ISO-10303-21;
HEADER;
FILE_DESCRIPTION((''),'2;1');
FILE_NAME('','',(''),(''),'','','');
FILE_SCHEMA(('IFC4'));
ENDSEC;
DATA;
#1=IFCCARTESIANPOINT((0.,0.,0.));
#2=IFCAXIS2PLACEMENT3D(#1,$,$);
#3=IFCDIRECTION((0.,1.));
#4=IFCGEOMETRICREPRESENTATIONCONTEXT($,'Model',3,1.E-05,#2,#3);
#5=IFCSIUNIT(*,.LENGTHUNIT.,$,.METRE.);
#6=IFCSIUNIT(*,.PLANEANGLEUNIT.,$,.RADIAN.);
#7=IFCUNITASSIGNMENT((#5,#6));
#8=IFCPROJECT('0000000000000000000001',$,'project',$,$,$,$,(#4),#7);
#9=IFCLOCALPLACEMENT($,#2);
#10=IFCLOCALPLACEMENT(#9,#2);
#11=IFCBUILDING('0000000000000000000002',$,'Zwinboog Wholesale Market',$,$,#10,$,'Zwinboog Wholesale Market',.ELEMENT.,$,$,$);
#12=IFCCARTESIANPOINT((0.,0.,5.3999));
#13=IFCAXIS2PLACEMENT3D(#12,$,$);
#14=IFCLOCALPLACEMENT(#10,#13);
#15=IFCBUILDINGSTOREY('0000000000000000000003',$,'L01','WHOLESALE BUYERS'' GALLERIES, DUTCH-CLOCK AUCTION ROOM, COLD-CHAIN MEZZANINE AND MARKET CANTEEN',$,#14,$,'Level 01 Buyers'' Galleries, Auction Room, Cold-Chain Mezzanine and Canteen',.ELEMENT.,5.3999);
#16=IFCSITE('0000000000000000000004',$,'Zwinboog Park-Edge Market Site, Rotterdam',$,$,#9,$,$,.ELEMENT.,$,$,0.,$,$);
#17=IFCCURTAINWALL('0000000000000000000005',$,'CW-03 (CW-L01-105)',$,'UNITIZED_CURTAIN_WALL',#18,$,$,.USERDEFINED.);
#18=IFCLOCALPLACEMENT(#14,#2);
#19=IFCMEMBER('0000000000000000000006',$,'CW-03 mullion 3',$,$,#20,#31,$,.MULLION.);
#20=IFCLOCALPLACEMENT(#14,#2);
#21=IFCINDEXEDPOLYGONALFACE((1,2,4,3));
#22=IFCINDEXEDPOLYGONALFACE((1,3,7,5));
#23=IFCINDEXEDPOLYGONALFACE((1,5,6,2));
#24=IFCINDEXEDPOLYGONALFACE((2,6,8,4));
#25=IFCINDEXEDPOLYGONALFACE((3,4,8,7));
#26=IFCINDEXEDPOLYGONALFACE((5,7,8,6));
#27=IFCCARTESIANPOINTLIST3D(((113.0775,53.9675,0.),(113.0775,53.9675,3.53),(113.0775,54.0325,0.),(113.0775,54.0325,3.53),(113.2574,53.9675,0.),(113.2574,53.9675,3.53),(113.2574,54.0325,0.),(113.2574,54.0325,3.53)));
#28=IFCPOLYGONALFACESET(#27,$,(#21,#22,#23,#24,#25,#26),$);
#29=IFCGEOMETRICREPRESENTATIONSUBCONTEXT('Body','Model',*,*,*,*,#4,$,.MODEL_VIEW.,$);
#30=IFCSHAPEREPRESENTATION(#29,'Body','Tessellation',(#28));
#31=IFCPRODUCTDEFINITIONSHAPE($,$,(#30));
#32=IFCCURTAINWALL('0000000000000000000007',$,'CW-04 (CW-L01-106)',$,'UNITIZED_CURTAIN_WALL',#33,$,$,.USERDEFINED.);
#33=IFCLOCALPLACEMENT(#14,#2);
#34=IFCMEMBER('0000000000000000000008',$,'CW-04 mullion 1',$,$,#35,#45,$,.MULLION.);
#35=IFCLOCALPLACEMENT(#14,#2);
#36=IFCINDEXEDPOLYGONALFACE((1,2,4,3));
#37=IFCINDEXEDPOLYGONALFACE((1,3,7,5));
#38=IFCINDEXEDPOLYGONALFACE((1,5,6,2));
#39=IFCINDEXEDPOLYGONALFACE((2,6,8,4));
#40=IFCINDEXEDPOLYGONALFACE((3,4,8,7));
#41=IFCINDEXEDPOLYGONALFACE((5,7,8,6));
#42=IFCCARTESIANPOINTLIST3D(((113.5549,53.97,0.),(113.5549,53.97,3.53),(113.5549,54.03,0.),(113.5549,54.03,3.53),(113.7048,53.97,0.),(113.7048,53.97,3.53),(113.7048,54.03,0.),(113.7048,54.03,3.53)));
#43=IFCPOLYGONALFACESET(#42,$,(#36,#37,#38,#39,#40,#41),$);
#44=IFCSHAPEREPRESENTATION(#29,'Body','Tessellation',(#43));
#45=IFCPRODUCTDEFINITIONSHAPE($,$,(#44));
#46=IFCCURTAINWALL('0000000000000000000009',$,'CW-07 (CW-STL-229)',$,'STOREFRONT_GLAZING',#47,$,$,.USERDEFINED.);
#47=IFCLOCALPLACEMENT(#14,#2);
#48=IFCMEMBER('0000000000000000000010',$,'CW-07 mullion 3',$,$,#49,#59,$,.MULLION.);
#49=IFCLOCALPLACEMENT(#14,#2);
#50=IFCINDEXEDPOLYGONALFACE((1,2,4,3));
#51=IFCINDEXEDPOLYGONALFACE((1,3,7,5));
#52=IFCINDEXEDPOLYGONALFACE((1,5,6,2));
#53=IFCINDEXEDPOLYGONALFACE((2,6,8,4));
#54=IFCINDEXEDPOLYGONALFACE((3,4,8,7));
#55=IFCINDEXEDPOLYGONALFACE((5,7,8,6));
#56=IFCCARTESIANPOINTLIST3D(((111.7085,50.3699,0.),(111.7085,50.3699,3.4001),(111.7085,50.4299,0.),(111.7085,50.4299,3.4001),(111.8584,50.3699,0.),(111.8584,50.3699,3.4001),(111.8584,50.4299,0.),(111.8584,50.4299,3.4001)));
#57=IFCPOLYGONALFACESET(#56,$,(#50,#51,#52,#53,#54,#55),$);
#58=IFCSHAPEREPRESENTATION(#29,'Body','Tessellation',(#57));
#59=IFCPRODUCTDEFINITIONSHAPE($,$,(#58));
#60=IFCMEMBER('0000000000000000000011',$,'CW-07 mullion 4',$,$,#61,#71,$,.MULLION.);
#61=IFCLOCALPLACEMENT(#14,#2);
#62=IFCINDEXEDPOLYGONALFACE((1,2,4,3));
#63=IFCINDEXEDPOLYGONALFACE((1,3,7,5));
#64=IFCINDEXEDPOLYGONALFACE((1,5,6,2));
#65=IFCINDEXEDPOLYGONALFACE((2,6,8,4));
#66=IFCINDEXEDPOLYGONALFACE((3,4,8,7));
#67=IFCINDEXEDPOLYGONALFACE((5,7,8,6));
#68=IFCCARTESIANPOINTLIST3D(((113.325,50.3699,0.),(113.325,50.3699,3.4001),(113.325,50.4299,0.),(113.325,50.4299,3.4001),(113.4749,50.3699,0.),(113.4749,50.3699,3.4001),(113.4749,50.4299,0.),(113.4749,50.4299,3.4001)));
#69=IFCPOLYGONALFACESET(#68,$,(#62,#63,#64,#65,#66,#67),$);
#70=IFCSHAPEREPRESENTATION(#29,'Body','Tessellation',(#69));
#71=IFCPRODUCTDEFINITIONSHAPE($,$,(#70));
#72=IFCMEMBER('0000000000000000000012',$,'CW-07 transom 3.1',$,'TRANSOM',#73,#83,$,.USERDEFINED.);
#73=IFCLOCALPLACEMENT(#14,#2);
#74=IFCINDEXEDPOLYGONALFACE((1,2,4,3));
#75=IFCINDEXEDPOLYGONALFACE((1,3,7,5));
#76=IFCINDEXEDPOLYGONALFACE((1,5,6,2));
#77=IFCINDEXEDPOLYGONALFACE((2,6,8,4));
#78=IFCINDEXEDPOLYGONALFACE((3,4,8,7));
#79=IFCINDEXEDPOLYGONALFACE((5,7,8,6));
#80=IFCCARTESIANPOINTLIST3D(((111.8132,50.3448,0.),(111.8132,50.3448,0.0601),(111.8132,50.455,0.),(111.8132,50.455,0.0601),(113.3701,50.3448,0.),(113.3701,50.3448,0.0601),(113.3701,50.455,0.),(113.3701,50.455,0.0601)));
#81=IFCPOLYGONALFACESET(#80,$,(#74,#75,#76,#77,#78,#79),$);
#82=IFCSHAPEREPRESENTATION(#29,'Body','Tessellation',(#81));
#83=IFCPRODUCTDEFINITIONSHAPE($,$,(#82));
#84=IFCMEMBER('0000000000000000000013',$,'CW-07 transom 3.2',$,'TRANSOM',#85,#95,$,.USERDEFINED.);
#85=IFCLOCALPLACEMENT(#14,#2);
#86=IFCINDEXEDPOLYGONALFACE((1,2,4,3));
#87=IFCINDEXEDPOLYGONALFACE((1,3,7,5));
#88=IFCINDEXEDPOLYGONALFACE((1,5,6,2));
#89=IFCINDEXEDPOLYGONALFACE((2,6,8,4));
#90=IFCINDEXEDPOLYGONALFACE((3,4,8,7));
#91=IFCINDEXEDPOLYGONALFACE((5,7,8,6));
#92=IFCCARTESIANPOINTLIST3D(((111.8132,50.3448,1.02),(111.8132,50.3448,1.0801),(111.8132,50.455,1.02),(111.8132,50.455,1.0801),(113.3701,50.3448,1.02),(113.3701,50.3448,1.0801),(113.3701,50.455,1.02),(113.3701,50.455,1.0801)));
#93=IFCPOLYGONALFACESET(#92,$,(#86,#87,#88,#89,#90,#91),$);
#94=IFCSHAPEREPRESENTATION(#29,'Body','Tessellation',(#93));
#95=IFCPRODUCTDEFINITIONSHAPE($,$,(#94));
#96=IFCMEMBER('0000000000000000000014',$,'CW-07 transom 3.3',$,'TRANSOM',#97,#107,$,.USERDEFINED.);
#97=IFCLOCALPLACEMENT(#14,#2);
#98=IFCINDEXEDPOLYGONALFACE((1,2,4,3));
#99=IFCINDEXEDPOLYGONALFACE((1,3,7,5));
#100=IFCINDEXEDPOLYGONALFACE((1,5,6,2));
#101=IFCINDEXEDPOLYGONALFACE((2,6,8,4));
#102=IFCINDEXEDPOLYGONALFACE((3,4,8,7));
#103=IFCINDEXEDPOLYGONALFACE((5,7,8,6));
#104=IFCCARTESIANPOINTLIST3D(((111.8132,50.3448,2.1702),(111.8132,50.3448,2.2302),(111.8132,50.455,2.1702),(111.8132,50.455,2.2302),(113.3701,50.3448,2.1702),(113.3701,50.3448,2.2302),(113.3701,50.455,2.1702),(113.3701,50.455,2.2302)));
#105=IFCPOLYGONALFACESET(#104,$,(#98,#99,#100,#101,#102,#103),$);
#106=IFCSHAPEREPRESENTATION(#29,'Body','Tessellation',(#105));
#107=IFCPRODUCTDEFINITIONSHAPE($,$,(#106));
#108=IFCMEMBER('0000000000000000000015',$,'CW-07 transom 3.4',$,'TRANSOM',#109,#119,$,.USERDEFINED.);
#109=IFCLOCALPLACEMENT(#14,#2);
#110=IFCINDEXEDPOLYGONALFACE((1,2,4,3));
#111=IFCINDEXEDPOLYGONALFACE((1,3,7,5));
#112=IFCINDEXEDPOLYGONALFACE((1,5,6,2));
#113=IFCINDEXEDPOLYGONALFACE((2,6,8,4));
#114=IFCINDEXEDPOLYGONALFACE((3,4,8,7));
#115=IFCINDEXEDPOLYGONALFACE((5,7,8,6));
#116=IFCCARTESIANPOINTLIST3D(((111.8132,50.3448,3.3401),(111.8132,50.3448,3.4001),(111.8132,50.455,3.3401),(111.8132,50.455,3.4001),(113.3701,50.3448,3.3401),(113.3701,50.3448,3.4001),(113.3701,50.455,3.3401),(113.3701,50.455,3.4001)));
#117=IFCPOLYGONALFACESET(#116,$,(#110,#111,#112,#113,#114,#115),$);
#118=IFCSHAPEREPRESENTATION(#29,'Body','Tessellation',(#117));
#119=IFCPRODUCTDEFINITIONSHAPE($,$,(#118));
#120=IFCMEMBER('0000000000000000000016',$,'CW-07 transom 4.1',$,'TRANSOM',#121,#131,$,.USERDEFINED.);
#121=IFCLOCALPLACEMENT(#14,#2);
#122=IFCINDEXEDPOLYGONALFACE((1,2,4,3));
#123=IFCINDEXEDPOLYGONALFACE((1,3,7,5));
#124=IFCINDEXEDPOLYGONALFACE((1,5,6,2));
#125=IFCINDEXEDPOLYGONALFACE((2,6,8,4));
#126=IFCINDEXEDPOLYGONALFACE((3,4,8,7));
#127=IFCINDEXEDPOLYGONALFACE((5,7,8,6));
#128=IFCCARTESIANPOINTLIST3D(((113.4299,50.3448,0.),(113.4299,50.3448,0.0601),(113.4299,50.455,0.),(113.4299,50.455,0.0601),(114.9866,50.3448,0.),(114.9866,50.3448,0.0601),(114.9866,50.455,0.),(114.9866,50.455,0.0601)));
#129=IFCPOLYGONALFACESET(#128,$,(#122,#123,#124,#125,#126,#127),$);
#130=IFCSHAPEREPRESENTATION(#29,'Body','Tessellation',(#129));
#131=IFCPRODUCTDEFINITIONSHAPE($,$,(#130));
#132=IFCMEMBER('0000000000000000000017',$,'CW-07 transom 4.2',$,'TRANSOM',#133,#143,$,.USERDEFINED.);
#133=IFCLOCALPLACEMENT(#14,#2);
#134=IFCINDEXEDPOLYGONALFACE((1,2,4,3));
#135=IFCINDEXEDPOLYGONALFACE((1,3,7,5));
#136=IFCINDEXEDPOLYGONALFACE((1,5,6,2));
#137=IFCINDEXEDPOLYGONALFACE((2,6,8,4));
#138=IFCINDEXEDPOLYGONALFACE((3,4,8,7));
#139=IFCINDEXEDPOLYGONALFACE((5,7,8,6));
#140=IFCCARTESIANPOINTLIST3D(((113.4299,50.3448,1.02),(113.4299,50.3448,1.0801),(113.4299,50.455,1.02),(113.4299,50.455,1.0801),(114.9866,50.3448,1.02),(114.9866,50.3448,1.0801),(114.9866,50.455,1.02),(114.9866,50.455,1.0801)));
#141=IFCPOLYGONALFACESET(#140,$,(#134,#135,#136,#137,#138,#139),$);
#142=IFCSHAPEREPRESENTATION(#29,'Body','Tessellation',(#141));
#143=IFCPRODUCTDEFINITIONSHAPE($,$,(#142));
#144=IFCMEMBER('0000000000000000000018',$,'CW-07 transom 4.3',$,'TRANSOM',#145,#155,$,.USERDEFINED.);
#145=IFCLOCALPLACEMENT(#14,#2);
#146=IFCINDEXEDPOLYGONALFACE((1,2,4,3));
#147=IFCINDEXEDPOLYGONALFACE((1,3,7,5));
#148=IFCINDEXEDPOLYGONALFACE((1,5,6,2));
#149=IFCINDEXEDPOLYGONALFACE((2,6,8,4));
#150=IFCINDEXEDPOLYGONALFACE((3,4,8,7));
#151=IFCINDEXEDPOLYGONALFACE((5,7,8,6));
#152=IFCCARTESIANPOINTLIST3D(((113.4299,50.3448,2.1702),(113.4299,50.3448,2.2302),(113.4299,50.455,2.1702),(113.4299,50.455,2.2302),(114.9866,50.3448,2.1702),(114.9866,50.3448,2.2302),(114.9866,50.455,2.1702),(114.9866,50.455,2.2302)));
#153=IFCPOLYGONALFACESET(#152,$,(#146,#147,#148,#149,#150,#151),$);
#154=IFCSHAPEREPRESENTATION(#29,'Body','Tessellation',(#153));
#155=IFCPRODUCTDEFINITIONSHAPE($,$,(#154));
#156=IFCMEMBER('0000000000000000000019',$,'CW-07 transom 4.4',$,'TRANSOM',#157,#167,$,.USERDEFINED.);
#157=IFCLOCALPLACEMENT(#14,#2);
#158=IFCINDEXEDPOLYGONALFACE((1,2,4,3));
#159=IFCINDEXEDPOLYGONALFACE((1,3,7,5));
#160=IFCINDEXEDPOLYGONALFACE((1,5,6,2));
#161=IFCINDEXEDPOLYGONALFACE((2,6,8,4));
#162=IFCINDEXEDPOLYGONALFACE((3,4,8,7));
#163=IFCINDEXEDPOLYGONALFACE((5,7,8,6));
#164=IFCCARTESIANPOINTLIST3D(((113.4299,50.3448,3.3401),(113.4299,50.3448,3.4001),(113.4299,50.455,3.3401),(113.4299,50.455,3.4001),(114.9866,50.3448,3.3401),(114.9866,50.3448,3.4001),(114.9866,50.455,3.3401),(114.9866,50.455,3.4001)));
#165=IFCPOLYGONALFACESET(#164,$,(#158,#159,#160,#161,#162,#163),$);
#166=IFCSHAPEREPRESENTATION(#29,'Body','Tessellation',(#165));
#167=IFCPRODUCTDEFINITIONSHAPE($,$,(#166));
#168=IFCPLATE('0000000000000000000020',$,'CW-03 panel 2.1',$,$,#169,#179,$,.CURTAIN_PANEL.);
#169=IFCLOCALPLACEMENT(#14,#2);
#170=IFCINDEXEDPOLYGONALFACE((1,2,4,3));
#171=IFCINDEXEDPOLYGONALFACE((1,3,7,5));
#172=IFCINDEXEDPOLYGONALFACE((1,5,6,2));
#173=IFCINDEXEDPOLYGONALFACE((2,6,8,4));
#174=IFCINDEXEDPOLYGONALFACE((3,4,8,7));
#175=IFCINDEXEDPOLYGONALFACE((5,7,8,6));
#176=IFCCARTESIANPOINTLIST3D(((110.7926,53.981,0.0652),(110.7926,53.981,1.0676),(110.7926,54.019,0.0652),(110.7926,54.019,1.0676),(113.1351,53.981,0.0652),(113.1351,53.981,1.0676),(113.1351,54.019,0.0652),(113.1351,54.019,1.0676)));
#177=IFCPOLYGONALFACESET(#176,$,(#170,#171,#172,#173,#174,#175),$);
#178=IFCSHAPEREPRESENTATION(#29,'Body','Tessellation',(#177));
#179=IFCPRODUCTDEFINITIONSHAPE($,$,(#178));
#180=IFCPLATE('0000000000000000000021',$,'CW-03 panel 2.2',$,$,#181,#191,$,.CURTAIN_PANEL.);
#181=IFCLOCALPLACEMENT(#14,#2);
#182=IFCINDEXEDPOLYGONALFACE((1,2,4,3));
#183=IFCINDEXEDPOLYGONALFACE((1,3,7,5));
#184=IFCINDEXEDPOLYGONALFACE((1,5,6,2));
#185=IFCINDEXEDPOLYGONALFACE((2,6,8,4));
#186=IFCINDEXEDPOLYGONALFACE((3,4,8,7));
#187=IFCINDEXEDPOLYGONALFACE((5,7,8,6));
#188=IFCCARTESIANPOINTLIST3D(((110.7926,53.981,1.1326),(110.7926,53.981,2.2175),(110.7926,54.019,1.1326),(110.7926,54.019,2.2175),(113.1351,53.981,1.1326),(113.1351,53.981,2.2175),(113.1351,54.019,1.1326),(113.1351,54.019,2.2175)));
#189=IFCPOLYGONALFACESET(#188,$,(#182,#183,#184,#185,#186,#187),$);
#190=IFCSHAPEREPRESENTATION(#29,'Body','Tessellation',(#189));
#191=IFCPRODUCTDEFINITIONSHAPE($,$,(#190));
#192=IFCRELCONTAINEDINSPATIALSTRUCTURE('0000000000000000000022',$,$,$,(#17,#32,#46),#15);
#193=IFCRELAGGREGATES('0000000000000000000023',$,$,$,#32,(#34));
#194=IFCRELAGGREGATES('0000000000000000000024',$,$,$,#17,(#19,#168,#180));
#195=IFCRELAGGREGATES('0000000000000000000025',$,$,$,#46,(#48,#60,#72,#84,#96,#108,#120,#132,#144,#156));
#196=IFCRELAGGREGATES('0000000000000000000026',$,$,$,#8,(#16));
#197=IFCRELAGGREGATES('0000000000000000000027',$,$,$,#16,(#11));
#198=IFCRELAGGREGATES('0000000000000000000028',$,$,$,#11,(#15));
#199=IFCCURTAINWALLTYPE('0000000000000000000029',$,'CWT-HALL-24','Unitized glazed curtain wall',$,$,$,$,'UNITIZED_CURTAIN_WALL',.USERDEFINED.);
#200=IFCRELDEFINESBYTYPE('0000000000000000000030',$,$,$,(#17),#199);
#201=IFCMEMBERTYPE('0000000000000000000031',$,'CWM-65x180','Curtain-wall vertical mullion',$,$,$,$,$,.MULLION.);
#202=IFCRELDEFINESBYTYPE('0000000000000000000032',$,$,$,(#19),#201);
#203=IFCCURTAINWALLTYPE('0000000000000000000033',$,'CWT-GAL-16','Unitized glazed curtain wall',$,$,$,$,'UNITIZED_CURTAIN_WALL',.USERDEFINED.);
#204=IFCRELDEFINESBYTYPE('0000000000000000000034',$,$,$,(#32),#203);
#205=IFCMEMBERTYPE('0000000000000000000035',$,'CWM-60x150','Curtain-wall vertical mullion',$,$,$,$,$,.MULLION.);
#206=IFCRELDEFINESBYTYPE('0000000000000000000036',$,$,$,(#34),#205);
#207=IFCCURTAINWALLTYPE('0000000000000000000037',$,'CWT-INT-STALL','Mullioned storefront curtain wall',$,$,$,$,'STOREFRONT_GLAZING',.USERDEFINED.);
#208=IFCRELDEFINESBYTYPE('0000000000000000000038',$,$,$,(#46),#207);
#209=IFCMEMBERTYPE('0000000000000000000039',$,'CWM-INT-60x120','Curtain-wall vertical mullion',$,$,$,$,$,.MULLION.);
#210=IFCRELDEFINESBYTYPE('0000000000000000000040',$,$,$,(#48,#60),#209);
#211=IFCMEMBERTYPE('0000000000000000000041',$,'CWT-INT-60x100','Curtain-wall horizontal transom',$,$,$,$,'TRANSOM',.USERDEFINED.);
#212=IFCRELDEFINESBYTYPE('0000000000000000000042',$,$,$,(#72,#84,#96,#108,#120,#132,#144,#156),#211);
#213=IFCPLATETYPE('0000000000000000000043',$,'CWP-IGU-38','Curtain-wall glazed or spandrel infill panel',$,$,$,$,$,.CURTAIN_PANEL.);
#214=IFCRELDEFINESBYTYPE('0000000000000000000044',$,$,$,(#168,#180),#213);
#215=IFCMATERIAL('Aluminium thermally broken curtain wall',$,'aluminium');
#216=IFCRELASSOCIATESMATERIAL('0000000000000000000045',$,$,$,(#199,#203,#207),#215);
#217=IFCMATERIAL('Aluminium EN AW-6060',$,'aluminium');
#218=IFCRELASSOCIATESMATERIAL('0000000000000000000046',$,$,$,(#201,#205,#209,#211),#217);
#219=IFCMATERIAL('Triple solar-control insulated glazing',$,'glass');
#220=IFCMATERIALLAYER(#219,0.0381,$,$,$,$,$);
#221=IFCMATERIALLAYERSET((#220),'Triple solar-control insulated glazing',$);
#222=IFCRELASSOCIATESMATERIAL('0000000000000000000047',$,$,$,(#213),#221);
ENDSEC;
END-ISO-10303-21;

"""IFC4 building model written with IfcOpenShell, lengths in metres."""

from ifc_helpers import new_model, si_unit, direction, frame, origin, origin_2d, place, context, subcontext, project, spatial, rectangle, extrude, material, layer, layer_set, material_profile, profile_set, type_object, element, aggregate, save


model = new_model("IFC4")

# Units and contexts
model_context = context("Model", 3, precision=1e-05, world=origin(), true_north=direction((0.0, 1.0)))
body_context = subcontext(model_context, "Body", "Model", "MODEL_VIEW")
ifc_project = project(units=[si_unit("LENGTHUNIT", "METRE"), si_unit("PLANEANGLEUNIT", "RADIAN")], contexts=[model_context])

# Site, building, storey
site_placement = place(None, origin())
site = spatial("IfcSite", under=ifc_project, at=site_placement, Name="Zwinboog Park-Edge Market Site, Rotterdam", CompositionType="ELEMENT", RefElevation=0.0)
building_placement = place(site_placement, origin())
building = spatial("IfcBuilding", under=site, at=building_placement, Name="Zwinboog Wholesale Market", LongName="Zwinboog Wholesale Market", CompositionType="ELEMENT")
storey_placement = place(building_placement, frame((0.0, 0.0, 5.3999)))
storey = spatial("IfcBuildingStorey", under=building, at=storey_placement, Name="L01", Description="WHOLESALE BUYERS' GALLERIES, DUTCH-CLOCK AUCTION ROOM, COLD-CHAIN MEZZANINE AND MARKET CANTEEN", LongName="Level 01 Buyers' Galleries, Auction Room, Cold-Chain Mezzanine and Canteen", CompositionType="ELEMENT", Elevation=5.3999)

# Curtain walls, members
ifc_material_1 = material(Name="Aluminium thermally broken curtain wall", Category="aluminium")
curtain_wall_type_1 = type_object("IfcCurtainWallType", Name="CWT-HALL-24", Description="Unitized glazed curtain wall", ElementType="UNITIZED_CURTAIN_WALL", PredefinedType="USERDEFINED", material=ifc_material_1)
curtain_wall_1_placement = place(storey_placement, origin())
curtain_wall_1 = element("IfcCurtainWall", 1, at=curtain_wall_1_placement, inside=storey, type_object=curtain_wall_type_1, Name="CW-03 (CW-L01-105)", ObjectType="UNITIZED_CURTAIN_WALL", PredefinedType="USERDEFINED")
ifc_material_2 = material(Name="Aluminium EN AW-6060", Category="aluminium")
ifc_material_profile_1 = material_profile(ifc_material_2, rectangle(XDim=0.0649, YDim=0.1799, at=origin_2d()), Name="AL 65x180")
ifc_profile_set_1 = profile_set([ifc_material_profile_1], Name="Aluminium EN AW-6060")
member_type_1 = type_object("IfcMemberType", Name="CWM-65x180", Description="Curtain-wall vertical mullion", PredefinedType="MULLION", material=ifc_profile_set_1)
member_1_placement = place(storey_placement, frame((113.1675, 54.0, 0.0), z_axis=(0.0, 0.0, 1.0), x_axis=(0.0, 1.0, 0.0)))
member_1 = element("IfcMember", 2, at=member_1_placement, type_object=member_type_1, Name="CW-03 mullion 3", PredefinedType="MULLION", context=body_context, shape_type="SweptSolid", body=[
    extrude(rectangle(XDim=0.0649, YDim=0.1799, at=origin_2d()), origin(), (0.0, 0.0, 1.0), 3.53),
])
curtain_wall_type_2 = type_object("IfcCurtainWallType", Name="CWT-GAL-16", Description="Unitized glazed curtain wall", ElementType="UNITIZED_CURTAIN_WALL", PredefinedType="USERDEFINED", material=ifc_material_1)
curtain_wall_2_placement = place(storey_placement, origin())
curtain_wall_2 = element("IfcCurtainWall", 3, at=curtain_wall_2_placement, inside=storey, type_object=curtain_wall_type_2, Name="CW-04 (CW-L01-106)", ObjectType="UNITIZED_CURTAIN_WALL", PredefinedType="USERDEFINED")
ifc_material_profile_2 = material_profile(ifc_material_2, rectangle(XDim=0.0601, YDim=0.1499, at=origin_2d()), Name="AL 60x150")
ifc_profile_set_2 = profile_set([ifc_material_profile_2], Name="Aluminium EN AW-6060")
member_type_2 = type_object("IfcMemberType", Name="CWM-60x150", Description="Curtain-wall vertical mullion", PredefinedType="MULLION", material=ifc_profile_set_2)
member_2_placement = place(storey_placement, frame((113.6299, 54.0, 0.0), z_axis=(0.0, 0.0, 1.0), x_axis=(0.0, 1.0, 0.0)))
member_2 = element("IfcMember", 4, at=member_2_placement, type_object=member_type_2, Name="CW-04 mullion 1", PredefinedType="MULLION", context=body_context, shape_type="SweptSolid", body=[
    extrude(rectangle(XDim=0.0601, YDim=0.1499, at=origin_2d()), origin(), (0.0, 0.0, 1.0), 3.53),
])
aggregate(curtain_wall_2, [member_2])

# Curtain wall, members
curtain_wall_type_3 = type_object("IfcCurtainWallType", Name="CWT-INT-STALL", Description="Mullioned storefront curtain wall", ElementType="STOREFRONT_GLAZING", PredefinedType="USERDEFINED", material=ifc_material_1)
curtain_wall_3_placement = place(storey_placement, origin())
curtain_wall_3 = element("IfcCurtainWall", 5, at=curtain_wall_3_placement, inside=storey, type_object=curtain_wall_type_3, Name="CW-07 (CW-STL-229)", ObjectType="STOREFRONT_GLAZING", PredefinedType="USERDEFINED")
ifc_material_profile_3 = material_profile(ifc_material_2, rectangle(XDim=0.0601, YDim=0.1499, at=origin_2d()), Name="AL 60x150")
ifc_profile_set_3 = profile_set([ifc_material_profile_3], Name="Aluminium EN AW-6060")
member_type_3 = type_object("IfcMemberType", Name="CWM-INT-60x120", Description="Curtain-wall vertical mullion", PredefinedType="MULLION", material=ifc_profile_set_3)
member_3_placement = place(storey_placement, frame((111.7834, 50.3999, 0.0), z_axis=(0.0, 0.0, 1.0), x_axis=(0.0, 1.0, 0.0)))
member_3 = element("IfcMember", 6, at=member_3_placement, type_object=member_type_3, Name="CW-07 mullion 3", PredefinedType="MULLION", context=body_context, shape_type="SweptSolid", body=[
    extrude(rectangle(XDim=0.0601, YDim=0.1499, at=origin_2d()), origin(), (0.0, 0.0, 1.0), 3.4001),
])
member_4_placement = place(storey_placement, frame((113.3999, 50.3999, 0.0), z_axis=(0.0, 0.0, 1.0), x_axis=(0.0, 1.0, 0.0)))
member_4 = element("IfcMember", 7, at=member_4_placement, type_object=member_type_3, Name="CW-07 mullion 4", PredefinedType="MULLION", context=body_context, shape_type="SweptSolid", body=[
    extrude(rectangle(XDim=0.0601, YDim=0.1499, at=origin_2d()), origin(), (0.0, 0.0, 1.0), 3.4001),
])
ifc_material_profile_4 = material_profile(ifc_material_2, rectangle(XDim=0.1101, YDim=0.0601, at=origin_2d()), Name="AL 60x110")
ifc_profile_set_4 = profile_set([ifc_material_profile_4], Name="Aluminium EN AW-6060")
member_type_4 = type_object("IfcMemberType", Name="CWT-INT-60x100", Description="Curtain-wall horizontal transom", ElementType="TRANSOM", PredefinedType="USERDEFINED", material=ifc_profile_set_4)
member_5_placement = place(storey_placement, frame((111.8132, 50.3999, 0.03), z_axis=(1.0, 0.0, 0.0), x_axis=(0.0, 1.0, 0.0)))
member_5 = element("IfcMember", 8, at=member_5_placement, type_object=member_type_4, Name="CW-07 transom 3.1", ObjectType="TRANSOM", PredefinedType="USERDEFINED", context=body_context, shape_type="SweptSolid", body=[
    extrude(rectangle(XDim=0.1101, YDim=0.0601, at=origin_2d()), origin(), (0.0, 0.0, 1.0), 1.5569),
])
member_6_placement = place(storey_placement, frame((111.8132, 50.3999, 1.05), z_axis=(1.0, 0.0, 0.0), x_axis=(0.0, 1.0, 0.0)))
member_6 = element("IfcMember", 9, at=member_6_placement, type_object=member_type_4, Name="CW-07 transom 3.2", ObjectType="TRANSOM", PredefinedType="USERDEFINED", context=body_context, shape_type="SweptSolid", body=[
    extrude(rectangle(XDim=0.1101, YDim=0.0601, at=origin_2d()), origin(), (0.0, 0.0, 1.0), 1.5569),
])
member_7_placement = place(storey_placement, frame((111.8132, 50.3999, 2.2002), z_axis=(1.0, 0.0, 0.0), x_axis=(0.0, 1.0, 0.0)))
member_7 = element("IfcMember", 10, at=member_7_placement, type_object=member_type_4, Name="CW-07 transom 3.3", ObjectType="TRANSOM", PredefinedType="USERDEFINED", context=body_context, shape_type="SweptSolid", body=[
    extrude(rectangle(XDim=0.1101, YDim=0.0601, at=origin_2d()), origin(), (0.0, 0.0, 1.0), 1.5569),
])
member_8_placement = place(storey_placement, frame((111.8132, 50.3999, 3.3701), z_axis=(1.0, 0.0, 0.0), x_axis=(0.0, 1.0, 0.0)))
member_8 = element("IfcMember", 11, at=member_8_placement, type_object=member_type_4, Name="CW-07 transom 3.4", ObjectType="TRANSOM", PredefinedType="USERDEFINED", context=body_context, shape_type="SweptSolid", body=[
    extrude(rectangle(XDim=0.1101, YDim=0.0601, at=origin_2d()), origin(), (0.0, 0.0, 1.0), 1.5569),
])
member_9_placement = place(storey_placement, frame((113.4299, 50.3999, 0.03), z_axis=(1.0, 0.0, 0.0), x_axis=(0.0, 1.0, 0.0)))
member_9 = element("IfcMember", 12, at=member_9_placement, type_object=member_type_4, Name="CW-07 transom 4.1", ObjectType="TRANSOM", PredefinedType="USERDEFINED", context=body_context, shape_type="SweptSolid", body=[
    extrude(rectangle(XDim=0.1101, YDim=0.0601, at=origin_2d()), origin(), (0.0, 0.0, 1.0), 1.5566),
])
member_10_placement = place(storey_placement, frame((113.4299, 50.3999, 1.05), z_axis=(1.0, 0.0, 0.0), x_axis=(0.0, 1.0, 0.0)))
member_10 = element("IfcMember", 13, at=member_10_placement, type_object=member_type_4, Name="CW-07 transom 4.2", ObjectType="TRANSOM", PredefinedType="USERDEFINED", context=body_context, shape_type="SweptSolid", body=[
    extrude(rectangle(XDim=0.1101, YDim=0.0601, at=origin_2d()), origin(), (0.0, 0.0, 1.0), 1.5566),
])
member_11_placement = place(storey_placement, frame((113.4299, 50.3999, 2.2002), z_axis=(1.0, 0.0, 0.0), x_axis=(0.0, 1.0, 0.0)))
member_11 = element("IfcMember", 14, at=member_11_placement, type_object=member_type_4, Name="CW-07 transom 4.3", ObjectType="TRANSOM", PredefinedType="USERDEFINED", context=body_context, shape_type="SweptSolid", body=[
    extrude(rectangle(XDim=0.1101, YDim=0.0601, at=origin_2d()), origin(), (0.0, 0.0, 1.0), 1.5566),
])
member_12_placement = place(storey_placement, frame((113.4299, 50.3999, 3.3701), z_axis=(1.0, 0.0, 0.0), x_axis=(0.0, 1.0, 0.0)))
member_12 = element("IfcMember", 15, at=member_12_placement, type_object=member_type_4, Name="CW-07 transom 4.4", ObjectType="TRANSOM", PredefinedType="USERDEFINED", context=body_context, shape_type="SweptSolid", body=[
    extrude(rectangle(XDim=0.1101, YDim=0.0601, at=origin_2d()), origin(), (0.0, 0.0, 1.0), 1.5566),
])

# Plates
ifc_material_3 = material(Name="Triple solar-control insulated glazing", Category="glass")
ifc_layer_1 = layer(ifc_material_3, 0.0381)
ifc_layer_set_1 = layer_set([ifc_layer_1], Name="Triple solar-control insulated glazing")
plate_type_1 = type_object("IfcPlateType", Name="CWP-IGU-38", Description="Curtain-wall glazed or spandrel infill panel", PredefinedType="CURTAIN_PANEL", material=ifc_layer_set_1)
plate_1_placement = place(storey_placement, frame((111.9639, 54.0, 0.0652), z_axis=(0.0, 0.0, 1.0), x_axis=(1.0, 0.0, 0.0)))
plate_1 = element("IfcPlate", 16, at=plate_1_placement, type_object=plate_type_1, Name="CW-03 panel 2.1", PredefinedType="CURTAIN_PANEL", context=body_context, shape_type="SweptSolid", body=[
    extrude(rectangle(XDim=2.3425, YDim=0.0381, at=origin_2d()), origin(), (0.0, 0.0, 1.0), 1.0024),
])
plate_2_placement = place(storey_placement, frame((111.9639, 54.0, 1.1326), z_axis=(0.0, 0.0, 1.0), x_axis=(1.0, 0.0, 0.0)))
plate_2 = element("IfcPlate", 17, at=plate_2_placement, type_object=plate_type_1, Name="CW-03 panel 2.2", PredefinedType="CURTAIN_PANEL", context=body_context, shape_type="SweptSolid", body=[
    extrude(rectangle(XDim=2.3425, YDim=0.0381, at=origin_2d()), origin(), (0.0, 0.0, 1.0), 1.085),
])
aggregate(curtain_wall_1, [member_1, plate_1, plate_2])
aggregate(curtain_wall_3, [member_3, member_4, member_5, member_6, member_7, member_8, member_9, member_10, member_11, member_12])

save(model, "model.ifc")
